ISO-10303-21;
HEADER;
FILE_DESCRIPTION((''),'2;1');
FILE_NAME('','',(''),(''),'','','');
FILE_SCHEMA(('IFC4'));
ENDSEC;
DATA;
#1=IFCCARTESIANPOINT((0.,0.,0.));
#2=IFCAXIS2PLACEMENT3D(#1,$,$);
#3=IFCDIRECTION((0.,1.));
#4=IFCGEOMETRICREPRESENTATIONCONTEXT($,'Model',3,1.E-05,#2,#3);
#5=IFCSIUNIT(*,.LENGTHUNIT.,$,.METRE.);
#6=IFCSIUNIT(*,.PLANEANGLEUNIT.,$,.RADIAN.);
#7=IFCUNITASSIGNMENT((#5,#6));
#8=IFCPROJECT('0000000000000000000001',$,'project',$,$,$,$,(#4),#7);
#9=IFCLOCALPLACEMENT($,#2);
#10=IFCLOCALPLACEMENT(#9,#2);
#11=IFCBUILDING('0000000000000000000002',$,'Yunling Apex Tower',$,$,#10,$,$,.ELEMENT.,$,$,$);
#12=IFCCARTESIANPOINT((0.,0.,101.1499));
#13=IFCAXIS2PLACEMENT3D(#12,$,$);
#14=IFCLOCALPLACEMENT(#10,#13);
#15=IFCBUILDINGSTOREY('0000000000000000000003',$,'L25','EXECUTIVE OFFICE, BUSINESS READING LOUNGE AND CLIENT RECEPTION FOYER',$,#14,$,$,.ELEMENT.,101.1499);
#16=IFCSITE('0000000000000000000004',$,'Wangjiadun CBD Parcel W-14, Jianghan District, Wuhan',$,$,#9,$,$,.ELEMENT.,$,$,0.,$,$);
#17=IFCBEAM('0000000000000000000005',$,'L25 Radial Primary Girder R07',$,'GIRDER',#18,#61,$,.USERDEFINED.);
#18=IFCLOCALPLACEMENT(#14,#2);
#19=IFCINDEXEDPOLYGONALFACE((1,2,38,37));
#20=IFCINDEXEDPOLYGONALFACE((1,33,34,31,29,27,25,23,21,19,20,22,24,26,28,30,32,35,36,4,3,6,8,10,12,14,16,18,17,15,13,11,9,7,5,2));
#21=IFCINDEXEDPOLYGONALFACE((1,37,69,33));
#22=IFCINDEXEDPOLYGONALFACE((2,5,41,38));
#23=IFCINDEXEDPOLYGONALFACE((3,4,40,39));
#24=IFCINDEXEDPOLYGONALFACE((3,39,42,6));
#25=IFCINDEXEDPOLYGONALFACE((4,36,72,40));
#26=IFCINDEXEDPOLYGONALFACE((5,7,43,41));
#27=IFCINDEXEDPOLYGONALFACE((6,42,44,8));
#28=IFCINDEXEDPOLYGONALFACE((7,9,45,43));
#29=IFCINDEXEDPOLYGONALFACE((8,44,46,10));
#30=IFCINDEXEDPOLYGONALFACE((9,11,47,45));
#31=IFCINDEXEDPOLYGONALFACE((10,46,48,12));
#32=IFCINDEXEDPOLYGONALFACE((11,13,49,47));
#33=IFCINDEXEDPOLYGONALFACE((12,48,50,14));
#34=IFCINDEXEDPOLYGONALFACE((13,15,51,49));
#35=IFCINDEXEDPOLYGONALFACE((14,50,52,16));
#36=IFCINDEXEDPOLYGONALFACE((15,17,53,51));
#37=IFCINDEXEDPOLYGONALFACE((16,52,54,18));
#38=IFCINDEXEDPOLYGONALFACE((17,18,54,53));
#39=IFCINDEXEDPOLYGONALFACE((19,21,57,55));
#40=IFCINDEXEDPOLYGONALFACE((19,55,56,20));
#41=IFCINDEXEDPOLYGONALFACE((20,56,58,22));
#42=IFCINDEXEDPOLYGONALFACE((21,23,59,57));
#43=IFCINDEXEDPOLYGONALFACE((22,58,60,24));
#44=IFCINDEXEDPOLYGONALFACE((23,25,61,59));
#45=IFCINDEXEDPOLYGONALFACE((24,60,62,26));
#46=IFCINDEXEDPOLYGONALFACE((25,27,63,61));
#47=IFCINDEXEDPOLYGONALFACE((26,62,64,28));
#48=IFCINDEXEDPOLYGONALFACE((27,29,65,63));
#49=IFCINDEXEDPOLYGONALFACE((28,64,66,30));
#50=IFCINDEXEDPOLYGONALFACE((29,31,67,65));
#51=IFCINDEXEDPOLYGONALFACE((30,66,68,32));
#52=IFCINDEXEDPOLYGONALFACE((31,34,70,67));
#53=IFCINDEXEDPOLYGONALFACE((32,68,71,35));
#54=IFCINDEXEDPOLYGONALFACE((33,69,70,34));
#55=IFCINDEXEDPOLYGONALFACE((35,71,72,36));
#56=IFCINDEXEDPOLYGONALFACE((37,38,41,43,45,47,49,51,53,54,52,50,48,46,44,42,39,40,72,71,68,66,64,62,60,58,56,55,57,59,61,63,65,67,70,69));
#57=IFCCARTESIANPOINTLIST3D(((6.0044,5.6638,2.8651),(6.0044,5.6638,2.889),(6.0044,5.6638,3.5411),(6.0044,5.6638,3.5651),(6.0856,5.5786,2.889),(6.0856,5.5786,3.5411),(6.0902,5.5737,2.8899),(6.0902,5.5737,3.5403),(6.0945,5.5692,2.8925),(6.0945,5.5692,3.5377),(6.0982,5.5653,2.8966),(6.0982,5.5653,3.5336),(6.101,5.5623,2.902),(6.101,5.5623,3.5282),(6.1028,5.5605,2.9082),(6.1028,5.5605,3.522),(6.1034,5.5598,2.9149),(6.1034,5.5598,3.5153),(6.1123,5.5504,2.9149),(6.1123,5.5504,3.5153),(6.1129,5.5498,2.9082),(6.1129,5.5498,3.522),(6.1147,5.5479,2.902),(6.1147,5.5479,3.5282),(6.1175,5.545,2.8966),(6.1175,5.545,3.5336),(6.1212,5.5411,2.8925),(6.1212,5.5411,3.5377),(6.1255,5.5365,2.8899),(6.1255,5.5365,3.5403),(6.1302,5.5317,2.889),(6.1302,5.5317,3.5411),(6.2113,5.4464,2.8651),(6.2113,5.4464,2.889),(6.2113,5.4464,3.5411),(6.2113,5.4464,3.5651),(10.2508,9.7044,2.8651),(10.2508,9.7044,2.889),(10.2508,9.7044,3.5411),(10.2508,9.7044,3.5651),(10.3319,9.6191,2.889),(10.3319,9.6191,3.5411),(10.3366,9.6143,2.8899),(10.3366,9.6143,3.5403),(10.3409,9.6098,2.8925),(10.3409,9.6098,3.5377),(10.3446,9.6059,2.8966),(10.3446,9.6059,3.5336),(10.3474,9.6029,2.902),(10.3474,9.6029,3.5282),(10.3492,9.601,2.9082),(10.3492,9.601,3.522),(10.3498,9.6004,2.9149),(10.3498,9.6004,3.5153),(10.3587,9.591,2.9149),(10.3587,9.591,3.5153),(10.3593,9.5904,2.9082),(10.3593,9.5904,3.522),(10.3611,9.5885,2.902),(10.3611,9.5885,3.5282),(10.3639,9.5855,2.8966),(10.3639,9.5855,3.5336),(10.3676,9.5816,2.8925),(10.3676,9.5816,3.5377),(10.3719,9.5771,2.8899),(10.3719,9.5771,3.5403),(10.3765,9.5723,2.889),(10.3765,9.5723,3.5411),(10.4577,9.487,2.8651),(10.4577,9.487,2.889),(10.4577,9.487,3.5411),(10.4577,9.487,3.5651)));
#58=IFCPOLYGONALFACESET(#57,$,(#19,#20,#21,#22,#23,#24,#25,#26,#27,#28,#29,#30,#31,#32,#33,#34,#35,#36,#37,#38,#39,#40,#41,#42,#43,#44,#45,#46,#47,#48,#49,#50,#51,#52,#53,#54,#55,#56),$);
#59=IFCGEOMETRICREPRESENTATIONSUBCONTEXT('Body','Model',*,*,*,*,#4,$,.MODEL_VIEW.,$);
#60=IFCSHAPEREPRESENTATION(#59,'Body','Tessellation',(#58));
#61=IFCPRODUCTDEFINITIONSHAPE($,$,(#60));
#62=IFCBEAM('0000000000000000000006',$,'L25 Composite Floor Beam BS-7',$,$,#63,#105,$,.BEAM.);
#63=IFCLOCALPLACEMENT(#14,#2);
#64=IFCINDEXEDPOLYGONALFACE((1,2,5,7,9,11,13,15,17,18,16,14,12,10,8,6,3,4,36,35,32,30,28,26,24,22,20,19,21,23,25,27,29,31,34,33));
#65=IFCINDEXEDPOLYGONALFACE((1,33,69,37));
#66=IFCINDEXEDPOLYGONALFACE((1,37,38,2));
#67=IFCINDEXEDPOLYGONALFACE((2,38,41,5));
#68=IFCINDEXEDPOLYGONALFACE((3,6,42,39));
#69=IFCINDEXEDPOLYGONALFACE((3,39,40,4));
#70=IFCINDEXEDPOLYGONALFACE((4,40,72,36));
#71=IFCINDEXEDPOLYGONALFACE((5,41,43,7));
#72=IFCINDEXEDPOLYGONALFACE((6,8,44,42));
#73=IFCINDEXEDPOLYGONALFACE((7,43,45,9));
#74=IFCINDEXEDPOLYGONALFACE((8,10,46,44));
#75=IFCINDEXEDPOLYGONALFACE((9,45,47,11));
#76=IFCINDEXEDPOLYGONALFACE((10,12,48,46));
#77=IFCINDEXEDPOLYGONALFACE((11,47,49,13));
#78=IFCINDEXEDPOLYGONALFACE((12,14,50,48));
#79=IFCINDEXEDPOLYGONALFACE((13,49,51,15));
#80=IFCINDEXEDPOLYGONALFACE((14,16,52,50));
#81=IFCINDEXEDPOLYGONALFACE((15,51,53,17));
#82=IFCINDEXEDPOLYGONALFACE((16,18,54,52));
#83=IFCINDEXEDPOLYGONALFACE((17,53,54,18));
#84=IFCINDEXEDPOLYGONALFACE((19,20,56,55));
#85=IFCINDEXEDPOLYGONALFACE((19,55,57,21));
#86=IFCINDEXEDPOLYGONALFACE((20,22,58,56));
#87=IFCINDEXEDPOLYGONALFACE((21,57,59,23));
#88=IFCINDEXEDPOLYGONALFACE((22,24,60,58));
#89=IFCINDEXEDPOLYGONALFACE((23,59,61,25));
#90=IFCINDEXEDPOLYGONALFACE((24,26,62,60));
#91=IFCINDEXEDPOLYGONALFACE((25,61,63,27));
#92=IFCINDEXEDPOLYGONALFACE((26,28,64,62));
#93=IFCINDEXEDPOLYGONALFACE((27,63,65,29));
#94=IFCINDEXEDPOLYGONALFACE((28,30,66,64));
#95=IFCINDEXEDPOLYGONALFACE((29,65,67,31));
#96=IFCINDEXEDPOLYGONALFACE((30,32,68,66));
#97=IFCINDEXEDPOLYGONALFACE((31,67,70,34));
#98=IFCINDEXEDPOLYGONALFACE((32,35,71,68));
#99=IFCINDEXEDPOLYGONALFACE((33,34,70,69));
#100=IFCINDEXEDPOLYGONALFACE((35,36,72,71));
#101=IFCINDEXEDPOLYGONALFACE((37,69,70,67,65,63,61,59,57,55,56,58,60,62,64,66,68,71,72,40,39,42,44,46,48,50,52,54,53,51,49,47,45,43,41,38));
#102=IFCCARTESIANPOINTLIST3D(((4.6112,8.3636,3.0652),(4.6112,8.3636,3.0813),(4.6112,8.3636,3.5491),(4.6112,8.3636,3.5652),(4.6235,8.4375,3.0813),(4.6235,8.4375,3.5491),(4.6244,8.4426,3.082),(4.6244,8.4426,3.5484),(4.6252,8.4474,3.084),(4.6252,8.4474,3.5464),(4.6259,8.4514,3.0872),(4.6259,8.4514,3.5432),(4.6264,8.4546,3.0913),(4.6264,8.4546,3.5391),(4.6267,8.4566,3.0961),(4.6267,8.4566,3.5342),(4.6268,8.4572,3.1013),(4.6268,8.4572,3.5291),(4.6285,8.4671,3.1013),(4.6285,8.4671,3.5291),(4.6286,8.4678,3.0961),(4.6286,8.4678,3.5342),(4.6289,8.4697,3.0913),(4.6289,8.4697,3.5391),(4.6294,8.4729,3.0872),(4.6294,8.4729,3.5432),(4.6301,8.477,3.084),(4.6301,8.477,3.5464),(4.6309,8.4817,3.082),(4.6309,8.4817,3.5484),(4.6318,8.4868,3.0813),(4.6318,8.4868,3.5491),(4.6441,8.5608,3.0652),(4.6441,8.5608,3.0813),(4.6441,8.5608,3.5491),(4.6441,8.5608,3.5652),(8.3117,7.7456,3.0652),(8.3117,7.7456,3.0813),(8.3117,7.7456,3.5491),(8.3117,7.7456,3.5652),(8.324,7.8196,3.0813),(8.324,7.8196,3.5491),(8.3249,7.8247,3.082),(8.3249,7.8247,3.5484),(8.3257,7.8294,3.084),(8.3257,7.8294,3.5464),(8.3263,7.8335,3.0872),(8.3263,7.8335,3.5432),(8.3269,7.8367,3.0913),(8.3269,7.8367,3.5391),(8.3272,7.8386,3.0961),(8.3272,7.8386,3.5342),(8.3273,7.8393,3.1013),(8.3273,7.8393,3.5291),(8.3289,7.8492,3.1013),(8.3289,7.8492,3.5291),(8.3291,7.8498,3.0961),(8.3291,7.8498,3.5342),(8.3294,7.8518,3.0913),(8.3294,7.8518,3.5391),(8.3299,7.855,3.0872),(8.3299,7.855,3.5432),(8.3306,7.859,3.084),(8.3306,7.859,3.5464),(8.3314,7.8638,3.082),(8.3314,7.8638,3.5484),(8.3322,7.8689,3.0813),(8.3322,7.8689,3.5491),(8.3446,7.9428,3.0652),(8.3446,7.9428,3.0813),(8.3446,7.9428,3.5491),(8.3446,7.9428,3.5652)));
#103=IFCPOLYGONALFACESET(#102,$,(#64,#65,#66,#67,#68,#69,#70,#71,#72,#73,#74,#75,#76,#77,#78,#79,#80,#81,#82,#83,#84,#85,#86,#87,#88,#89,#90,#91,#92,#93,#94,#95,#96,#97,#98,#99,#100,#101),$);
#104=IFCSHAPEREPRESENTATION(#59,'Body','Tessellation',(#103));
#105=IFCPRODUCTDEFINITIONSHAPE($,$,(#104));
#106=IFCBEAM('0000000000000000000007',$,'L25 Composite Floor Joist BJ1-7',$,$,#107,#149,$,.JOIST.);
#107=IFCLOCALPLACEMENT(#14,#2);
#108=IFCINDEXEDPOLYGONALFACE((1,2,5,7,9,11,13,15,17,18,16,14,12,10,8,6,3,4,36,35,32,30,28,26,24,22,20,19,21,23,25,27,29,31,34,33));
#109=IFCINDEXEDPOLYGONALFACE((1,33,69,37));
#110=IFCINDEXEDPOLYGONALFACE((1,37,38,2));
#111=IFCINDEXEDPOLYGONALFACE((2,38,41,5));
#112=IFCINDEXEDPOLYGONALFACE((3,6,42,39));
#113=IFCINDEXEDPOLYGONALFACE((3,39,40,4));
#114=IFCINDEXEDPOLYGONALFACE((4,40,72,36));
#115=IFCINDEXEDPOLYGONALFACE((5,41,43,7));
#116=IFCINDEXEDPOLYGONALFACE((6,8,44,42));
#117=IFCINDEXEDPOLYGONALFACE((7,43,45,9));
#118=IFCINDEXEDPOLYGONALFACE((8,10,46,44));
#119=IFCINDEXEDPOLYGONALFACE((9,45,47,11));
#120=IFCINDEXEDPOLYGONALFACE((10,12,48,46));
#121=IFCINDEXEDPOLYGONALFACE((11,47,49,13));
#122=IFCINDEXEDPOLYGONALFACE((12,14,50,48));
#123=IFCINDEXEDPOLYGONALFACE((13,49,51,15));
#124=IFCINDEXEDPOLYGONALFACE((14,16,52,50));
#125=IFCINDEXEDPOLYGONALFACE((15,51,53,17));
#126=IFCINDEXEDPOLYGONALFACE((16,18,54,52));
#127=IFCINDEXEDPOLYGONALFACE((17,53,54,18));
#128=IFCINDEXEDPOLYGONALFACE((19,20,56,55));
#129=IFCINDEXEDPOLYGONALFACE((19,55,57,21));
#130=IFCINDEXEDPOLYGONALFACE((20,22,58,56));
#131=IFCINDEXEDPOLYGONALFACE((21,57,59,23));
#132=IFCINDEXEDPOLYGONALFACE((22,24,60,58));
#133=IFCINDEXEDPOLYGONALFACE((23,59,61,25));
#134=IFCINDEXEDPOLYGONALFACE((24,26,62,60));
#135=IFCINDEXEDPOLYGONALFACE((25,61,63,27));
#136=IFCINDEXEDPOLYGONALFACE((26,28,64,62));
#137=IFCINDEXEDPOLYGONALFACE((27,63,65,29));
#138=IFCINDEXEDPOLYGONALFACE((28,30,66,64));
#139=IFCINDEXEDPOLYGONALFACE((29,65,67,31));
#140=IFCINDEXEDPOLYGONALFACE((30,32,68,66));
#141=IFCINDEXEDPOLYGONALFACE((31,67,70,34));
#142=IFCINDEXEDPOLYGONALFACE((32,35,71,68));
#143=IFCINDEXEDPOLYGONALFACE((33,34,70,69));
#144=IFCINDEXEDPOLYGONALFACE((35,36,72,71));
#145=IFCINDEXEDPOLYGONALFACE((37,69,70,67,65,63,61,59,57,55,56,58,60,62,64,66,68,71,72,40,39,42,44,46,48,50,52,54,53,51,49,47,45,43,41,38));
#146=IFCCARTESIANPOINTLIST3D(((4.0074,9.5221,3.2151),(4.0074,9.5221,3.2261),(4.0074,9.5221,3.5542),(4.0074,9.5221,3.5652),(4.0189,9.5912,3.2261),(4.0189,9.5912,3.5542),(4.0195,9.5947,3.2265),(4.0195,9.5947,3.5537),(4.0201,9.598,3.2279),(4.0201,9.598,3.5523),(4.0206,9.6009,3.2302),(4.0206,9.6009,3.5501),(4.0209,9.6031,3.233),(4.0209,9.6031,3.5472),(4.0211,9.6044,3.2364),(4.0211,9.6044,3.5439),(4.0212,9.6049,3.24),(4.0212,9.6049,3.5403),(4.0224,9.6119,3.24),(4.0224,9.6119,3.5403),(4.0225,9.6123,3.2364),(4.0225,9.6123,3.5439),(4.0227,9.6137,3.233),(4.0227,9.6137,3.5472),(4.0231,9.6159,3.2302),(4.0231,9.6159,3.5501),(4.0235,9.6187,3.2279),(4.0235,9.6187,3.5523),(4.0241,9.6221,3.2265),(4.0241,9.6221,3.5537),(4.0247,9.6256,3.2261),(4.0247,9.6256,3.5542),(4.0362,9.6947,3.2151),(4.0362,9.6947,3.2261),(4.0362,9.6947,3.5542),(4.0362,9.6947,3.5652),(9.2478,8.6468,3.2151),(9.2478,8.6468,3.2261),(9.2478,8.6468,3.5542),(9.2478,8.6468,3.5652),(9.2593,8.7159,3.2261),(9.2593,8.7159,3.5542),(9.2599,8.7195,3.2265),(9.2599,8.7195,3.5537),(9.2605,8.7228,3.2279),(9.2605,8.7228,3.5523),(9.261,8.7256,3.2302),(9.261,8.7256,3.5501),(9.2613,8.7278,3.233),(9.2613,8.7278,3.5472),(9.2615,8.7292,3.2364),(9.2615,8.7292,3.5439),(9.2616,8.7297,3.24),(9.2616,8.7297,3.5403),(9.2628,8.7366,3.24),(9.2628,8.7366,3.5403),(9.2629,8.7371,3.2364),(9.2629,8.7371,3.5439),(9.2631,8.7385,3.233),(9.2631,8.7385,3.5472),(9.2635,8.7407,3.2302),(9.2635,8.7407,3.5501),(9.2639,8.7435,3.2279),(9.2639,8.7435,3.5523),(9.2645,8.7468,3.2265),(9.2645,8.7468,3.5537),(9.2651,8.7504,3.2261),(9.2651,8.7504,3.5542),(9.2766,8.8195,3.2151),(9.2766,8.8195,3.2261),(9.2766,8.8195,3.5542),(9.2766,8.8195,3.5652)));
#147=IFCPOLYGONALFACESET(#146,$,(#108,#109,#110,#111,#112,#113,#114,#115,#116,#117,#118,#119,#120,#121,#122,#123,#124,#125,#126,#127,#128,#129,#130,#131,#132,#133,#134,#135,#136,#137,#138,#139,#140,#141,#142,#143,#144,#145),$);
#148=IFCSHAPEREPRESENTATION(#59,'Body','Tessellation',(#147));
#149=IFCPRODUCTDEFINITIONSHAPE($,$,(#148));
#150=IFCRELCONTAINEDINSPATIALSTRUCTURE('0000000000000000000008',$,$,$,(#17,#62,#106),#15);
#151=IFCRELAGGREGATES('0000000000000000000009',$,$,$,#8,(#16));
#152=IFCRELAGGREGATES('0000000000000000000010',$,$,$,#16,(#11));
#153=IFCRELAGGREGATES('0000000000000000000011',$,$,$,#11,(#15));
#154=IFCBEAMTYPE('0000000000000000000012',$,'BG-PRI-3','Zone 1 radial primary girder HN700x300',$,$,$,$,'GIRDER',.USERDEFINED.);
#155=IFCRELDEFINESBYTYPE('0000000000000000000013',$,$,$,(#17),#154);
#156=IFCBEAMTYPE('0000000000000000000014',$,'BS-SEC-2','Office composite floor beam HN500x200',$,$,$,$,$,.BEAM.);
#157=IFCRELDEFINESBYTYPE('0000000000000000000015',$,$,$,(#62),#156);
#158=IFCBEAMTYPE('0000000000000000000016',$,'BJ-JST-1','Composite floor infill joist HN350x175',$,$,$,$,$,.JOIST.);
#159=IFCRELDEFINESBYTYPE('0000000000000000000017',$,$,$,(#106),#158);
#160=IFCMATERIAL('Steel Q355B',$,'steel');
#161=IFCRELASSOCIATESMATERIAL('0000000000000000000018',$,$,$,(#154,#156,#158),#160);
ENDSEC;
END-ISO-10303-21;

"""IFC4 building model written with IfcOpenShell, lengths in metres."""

from ifc_helpers import new_model, si_unit, direction, frame, origin, origin_2d, place, context, subcontext, project, spatial, i_section, extrude, source, transform, mapped, material, material_profile, profile_set, type_object, element, save


model = new_model("IFC4")

# Units and contexts
model_context = context("Model", 3, precision=1e-05, world=origin(), true_north=direction((0.0, 1.0)))
body_context = subcontext(model_context, "Body", "Model", "MODEL_VIEW")
ifc_project = project(units=[si_unit("LENGTHUNIT", "METRE"), si_unit("PLANEANGLEUNIT", "RADIAN")], contexts=[model_context])

# Site, building, storey
site_placement = place(None, origin())
site = spatial("IfcSite", under=ifc_project, at=site_placement, Name="Wangjiadun CBD Parcel W-14, Jianghan District, Wuhan", CompositionType="ELEMENT", RefElevation=0.0)
building_placement = place(site_placement, origin())
building = spatial("IfcBuilding", under=site, at=building_placement, Name="Yunling Apex Tower", CompositionType="ELEMENT")
storey_placement = place(building_placement, frame((0.0, 0.0, 101.1499)))
storey = spatial("IfcBuildingStorey", under=building, at=storey_placement, Name="L25", Description="EXECUTIVE OFFICE, BUSINESS READING LOUNGE AND CLIENT RECEPTION FOYER", CompositionType="ELEMENT", Elevation=101.1499)

# Beams
ifc_material_1 = material(Name="Steel Q355B", Category="steel")
ifc_material_profile_1 = material_profile(ifc_material_1, i_section(OverallWidth=0.3, OverallDepth=0.7, WebThickness=0.0129, FlangeThickness=0.0239, FilletRadius=0.0259, at=origin_2d()))
ifc_profile_set_1 = profile_set([ifc_material_profile_1], Name="Steel Q355B")
beam_type_1 = type_object("IfcBeamType", Name="BG-PRI-3", Description="Zone 1 radial primary girder HN700x300", ElementType="GIRDER", PredefinedType="USERDEFINED", material=ifc_profile_set_1)
shared_shape_1 = source(origin(), body_context, "Body", "SweptSolid", [
    extrude(i_section(OverallWidth=0.3, OverallDepth=0.7, WebThickness=0.0129, FlangeThickness=0.0239, FilletRadius=0.0259, at=origin_2d()), origin(), (0.0, 0.0, 1.0), 5.8616),
])
beam_1_placement = place(storey_placement, frame((10.3542, 9.5957, 3.2151), z_axis=(-0.724445, -0.689333, 0.0), x_axis=(0.689333, -0.724445, 0.0)))
element("IfcBeam", 1, at=beam_1_placement, inside=storey, type_object=beam_type_1, Name="L25 Radial Primary Girder R07", ObjectType="GIRDER", PredefinedType="USERDEFINED", context=body_context, shape_type="MappedRepresentation", body=[
    mapped(shared_shape_1, transform((0.0, 0.0, 0.0), scale=1.0)),
])
ifc_material_profile_2 = material_profile(ifc_material_1, i_section(OverallWidth=0.2, OverallDepth=0.5, WebThickness=0.01, FlangeThickness=0.0161, FilletRadius=0.02, at=origin_2d()))
ifc_profile_set_2 = profile_set([ifc_material_profile_2], Name="Steel Q355B")
beam_type_2 = type_object("IfcBeamType", Name="BS-SEC-2", Description="Office composite floor beam HN500x200", PredefinedType="BEAM", material=ifc_profile_set_2)
shared_shape_2 = source(origin(), body_context, "Body", "SweptSolid", [
    extrude(i_section(OverallWidth=0.2, OverallDepth=0.5, WebThickness=0.01, FlangeThickness=0.0161, FilletRadius=0.02, at=origin_2d()), origin(), (0.0, 0.0, 1.0), 3.7517),
])
beam_2_placement = place(storey_placement, frame((8.3281, 7.8442, 3.3152), z_axis=(-0.986343, 0.164705, 0.0), x_axis=(-0.164705, -0.986343, 0.0)))
element("IfcBeam", 2, at=beam_2_placement, inside=storey, type_object=beam_type_2, Name="L25 Composite Floor Beam BS-7", PredefinedType="BEAM", context=body_context, shape_type="MappedRepresentation", body=[
    mapped(shared_shape_2, transform((0.0, 0.0, 0.0), scale=1.0)),
])
ifc_material_profile_3 = material_profile(ifc_material_1, i_section(OverallWidth=0.175, OverallDepth=0.3501, WebThickness=0.0071, FlangeThickness=0.011, FilletRadius=0.0139, at=origin_2d()))
ifc_profile_set_3 = profile_set([ifc_material_profile_3], Name="Steel Q355B")
beam_type_3 = type_object("IfcBeamType", Name="BJ-JST-1", Description="Composite floor infill joist HN350x175", PredefinedType="JOIST", material=ifc_profile_set_3)
shared_shape_3 = source(origin(), body_context, "Body", "SweptSolid", [
    extrude(i_section(OverallWidth=0.175, OverallDepth=0.3501, WebThickness=0.0071, FlangeThickness=0.011, FilletRadius=0.0139, at=origin_2d()), origin(), (0.0, 0.0, 1.0), 5.313),
])
beam_3_placement = place(storey_placement, frame((9.2622, 8.7332, 3.3901), z_axis=(-0.986338, 0.164734, 0.0), x_axis=(-0.164734, -0.986338, 0.0)))
element("IfcBeam", 3, at=beam_3_placement, inside=storey, type_object=beam_type_3, Name="L25 Composite Floor Joist BJ1-7", PredefinedType="JOIST", context=body_context, shape_type="MappedRepresentation", body=[
    mapped(shared_shape_3, transform((0.0, 0.0, 0.0), scale=1.0)),
])

save(model, "model.ifc")
